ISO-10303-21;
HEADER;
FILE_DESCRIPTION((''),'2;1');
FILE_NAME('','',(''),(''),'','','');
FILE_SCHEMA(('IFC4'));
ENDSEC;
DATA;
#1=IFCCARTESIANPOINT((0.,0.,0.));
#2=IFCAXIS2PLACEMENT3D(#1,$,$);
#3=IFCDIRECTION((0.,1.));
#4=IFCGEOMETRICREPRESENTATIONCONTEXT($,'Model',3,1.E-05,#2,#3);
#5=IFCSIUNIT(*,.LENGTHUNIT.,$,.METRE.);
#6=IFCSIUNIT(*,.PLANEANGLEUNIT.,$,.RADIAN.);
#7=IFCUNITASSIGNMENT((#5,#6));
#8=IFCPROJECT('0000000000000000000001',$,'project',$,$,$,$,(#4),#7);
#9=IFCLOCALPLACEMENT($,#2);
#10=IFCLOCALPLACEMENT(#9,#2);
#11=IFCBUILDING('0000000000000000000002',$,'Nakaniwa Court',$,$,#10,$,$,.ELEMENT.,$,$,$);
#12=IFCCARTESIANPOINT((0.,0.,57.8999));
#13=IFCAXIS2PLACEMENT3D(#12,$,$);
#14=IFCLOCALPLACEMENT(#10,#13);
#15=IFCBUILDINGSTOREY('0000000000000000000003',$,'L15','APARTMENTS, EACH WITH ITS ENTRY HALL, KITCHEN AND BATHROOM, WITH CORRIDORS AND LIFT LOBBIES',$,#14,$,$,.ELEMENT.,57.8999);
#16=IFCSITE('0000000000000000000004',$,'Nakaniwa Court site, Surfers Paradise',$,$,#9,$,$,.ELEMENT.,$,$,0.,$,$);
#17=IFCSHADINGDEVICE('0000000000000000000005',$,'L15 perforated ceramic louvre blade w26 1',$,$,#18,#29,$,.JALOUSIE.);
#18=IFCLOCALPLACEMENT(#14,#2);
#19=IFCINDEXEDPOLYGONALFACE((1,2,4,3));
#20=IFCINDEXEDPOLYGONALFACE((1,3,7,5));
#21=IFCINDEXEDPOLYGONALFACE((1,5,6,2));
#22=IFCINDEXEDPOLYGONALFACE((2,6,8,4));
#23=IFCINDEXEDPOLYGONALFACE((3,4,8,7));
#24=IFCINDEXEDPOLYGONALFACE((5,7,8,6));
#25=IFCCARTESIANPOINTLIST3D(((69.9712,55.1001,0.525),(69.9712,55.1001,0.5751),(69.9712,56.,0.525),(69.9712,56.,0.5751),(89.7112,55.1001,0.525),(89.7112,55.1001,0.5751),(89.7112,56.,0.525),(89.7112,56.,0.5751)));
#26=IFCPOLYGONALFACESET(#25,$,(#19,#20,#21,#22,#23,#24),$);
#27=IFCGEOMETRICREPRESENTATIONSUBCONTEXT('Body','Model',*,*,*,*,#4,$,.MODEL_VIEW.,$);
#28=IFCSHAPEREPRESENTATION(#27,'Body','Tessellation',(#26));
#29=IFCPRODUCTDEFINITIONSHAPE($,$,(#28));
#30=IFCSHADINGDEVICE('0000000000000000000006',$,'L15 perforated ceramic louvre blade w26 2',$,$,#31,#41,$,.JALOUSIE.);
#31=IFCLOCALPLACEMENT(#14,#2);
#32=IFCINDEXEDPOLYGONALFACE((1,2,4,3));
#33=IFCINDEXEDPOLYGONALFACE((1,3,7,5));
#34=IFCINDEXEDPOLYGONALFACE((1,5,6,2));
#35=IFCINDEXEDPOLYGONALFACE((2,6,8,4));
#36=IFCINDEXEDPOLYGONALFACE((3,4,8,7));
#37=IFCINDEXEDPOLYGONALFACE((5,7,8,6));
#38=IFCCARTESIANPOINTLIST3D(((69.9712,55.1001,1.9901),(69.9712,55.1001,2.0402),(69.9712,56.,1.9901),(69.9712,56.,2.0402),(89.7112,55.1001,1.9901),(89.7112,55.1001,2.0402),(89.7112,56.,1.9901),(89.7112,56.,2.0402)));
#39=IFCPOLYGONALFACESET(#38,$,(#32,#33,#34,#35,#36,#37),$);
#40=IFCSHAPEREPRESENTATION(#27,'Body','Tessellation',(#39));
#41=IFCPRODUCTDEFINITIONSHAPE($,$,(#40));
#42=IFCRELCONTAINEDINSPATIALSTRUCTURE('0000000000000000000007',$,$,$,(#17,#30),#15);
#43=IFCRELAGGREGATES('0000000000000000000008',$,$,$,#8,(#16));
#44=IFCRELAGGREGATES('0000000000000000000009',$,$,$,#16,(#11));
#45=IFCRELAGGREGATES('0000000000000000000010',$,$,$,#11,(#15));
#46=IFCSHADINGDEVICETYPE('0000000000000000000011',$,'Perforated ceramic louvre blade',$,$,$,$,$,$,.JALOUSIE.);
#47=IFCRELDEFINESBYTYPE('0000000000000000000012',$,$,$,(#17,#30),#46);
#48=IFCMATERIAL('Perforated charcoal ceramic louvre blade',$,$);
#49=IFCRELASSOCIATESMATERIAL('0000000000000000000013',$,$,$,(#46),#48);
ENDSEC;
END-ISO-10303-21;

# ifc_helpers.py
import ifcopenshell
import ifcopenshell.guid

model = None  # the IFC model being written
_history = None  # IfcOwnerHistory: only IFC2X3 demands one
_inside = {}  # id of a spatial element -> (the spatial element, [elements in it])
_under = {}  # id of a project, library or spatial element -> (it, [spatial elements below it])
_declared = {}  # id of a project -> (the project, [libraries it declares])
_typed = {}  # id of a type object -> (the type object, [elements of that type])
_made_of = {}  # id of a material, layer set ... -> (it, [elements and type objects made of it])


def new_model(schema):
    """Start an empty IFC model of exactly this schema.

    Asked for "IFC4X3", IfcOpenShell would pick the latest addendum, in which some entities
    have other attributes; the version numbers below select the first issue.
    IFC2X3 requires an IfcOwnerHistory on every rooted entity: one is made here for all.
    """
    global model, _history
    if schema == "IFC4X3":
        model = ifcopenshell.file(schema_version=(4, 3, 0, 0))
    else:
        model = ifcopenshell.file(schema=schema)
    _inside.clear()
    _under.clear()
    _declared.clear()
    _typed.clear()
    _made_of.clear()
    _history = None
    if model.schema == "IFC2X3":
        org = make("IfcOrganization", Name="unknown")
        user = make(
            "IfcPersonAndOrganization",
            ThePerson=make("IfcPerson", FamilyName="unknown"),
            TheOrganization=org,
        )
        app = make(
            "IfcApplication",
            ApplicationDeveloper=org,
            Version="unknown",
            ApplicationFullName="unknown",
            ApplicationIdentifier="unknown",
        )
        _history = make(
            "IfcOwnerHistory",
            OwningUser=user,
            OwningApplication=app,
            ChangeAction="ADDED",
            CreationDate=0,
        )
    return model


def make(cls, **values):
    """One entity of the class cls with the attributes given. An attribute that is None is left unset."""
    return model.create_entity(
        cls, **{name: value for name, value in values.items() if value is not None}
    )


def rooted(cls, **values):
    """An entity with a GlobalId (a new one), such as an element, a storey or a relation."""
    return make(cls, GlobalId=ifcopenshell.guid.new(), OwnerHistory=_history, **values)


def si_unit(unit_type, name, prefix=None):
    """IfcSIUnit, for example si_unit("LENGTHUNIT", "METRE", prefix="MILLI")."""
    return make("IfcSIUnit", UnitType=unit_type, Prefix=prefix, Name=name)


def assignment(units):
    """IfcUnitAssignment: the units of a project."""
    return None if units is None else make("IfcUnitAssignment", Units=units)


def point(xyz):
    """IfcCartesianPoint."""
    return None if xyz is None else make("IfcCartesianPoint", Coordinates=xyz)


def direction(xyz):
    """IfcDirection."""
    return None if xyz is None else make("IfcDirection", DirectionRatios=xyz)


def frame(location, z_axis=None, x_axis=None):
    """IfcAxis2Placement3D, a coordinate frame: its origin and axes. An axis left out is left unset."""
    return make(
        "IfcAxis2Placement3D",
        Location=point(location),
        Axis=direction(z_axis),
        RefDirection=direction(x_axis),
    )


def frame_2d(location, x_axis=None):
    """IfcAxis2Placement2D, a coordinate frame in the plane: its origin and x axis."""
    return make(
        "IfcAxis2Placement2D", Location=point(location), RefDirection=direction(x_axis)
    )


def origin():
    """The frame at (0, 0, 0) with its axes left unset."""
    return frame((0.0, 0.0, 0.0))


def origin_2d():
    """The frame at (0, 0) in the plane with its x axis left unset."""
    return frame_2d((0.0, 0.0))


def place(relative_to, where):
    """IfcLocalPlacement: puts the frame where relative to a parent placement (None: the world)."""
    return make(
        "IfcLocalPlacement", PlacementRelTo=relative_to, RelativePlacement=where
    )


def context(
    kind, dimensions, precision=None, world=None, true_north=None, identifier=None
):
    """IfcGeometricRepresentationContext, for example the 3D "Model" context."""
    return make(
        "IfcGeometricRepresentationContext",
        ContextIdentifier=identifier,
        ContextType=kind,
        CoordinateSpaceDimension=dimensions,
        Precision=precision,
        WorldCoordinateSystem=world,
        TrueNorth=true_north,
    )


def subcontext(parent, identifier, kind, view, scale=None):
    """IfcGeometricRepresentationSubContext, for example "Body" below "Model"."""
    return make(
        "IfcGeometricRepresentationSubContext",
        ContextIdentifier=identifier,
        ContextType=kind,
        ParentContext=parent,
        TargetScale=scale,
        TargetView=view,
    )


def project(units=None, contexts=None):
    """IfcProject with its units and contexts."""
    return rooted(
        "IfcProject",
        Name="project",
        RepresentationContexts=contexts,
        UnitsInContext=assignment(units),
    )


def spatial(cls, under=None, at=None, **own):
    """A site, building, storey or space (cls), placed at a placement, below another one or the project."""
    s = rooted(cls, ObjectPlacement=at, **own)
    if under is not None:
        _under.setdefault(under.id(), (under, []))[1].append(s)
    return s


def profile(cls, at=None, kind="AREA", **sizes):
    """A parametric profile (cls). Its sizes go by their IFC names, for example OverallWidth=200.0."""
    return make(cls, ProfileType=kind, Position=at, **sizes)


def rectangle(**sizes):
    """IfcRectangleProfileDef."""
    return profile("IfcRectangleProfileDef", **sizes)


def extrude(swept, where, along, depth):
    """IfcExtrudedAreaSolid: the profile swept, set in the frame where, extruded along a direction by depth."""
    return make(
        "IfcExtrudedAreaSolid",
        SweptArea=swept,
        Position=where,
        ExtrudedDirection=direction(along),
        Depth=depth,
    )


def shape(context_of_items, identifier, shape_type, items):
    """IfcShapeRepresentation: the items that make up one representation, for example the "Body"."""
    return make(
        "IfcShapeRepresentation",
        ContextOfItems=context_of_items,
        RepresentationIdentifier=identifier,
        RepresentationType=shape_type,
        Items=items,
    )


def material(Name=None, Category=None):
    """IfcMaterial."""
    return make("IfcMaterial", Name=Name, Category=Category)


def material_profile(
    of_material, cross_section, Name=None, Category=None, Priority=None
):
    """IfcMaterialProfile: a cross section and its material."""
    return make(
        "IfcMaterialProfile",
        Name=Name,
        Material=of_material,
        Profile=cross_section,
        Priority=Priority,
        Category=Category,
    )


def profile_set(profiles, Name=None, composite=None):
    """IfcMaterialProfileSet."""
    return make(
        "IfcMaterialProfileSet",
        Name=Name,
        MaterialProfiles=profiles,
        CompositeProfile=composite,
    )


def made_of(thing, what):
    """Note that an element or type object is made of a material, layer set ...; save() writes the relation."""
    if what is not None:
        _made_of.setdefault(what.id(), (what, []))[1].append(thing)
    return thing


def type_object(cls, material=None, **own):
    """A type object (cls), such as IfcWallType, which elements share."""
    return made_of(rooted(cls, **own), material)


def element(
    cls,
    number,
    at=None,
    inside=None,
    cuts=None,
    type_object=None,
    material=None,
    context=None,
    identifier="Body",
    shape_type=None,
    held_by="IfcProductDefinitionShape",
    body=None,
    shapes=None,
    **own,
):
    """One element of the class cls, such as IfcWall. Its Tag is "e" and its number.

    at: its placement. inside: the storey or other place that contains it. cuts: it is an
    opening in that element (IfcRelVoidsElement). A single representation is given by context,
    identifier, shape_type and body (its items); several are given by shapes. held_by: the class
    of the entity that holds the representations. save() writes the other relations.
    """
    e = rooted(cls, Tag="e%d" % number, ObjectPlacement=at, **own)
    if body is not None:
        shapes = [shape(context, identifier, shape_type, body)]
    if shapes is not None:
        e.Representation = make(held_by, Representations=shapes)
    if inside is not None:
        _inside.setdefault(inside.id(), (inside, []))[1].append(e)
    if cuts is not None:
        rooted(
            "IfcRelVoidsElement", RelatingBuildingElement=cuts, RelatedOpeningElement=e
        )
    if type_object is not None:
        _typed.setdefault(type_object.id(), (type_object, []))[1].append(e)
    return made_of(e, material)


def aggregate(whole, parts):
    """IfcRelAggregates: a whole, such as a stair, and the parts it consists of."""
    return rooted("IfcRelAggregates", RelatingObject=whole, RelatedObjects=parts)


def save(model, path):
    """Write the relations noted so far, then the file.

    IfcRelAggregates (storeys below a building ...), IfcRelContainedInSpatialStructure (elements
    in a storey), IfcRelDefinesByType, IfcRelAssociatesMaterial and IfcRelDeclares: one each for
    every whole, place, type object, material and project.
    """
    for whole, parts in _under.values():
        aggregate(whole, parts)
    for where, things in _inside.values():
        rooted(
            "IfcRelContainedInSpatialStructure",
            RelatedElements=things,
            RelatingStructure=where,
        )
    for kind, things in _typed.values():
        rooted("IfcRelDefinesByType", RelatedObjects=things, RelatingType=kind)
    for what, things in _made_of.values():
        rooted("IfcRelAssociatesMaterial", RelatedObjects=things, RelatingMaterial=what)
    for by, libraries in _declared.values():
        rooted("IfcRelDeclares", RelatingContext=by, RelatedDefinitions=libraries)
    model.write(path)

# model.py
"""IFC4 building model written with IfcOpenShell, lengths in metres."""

from ifc_helpers import new_model, si_unit, direction, frame, origin, origin_2d, place, context, subcontext, project, spatial, rectangle, extrude, material, material_profile, profile_set, type_object, element, save


model = new_model("IFC4")

# Units and contexts
model_context = context("Model", 3, precision=1e-05, world=origin(), true_north=direction((0.0, 1.0)))
body_context = subcontext(model_context, "Body", "Model", "MODEL_VIEW")
ifc_project = project(units=[si_unit("LENGTHUNIT", "METRE"), si_unit("PLANEANGLEUNIT", "RADIAN")], contexts=[model_context])

# Site, building, storey
site_placement = place(None, origin())
site = spatial("IfcSite", under=ifc_project, at=site_placement, Name="Nakaniwa Court site, Surfers Paradise", CompositionType="ELEMENT", RefElevation=0.0)
building_placement = place(site_placement, origin())
building = spatial("IfcBuilding", under=site, at=building_placement, Name="Nakaniwa Court", CompositionType="ELEMENT")
storey_placement = place(building_placement, frame((0.0, 0.0, 57.8999)))
storey = spatial("IfcBuildingStorey", under=building, at=storey_placement, Name="L15", Description="APARTMENTS, EACH WITH ITS ENTRY HALL, KITCHEN AND BATHROOM, WITH CORRIDORS AND LIFT LOBBIES", CompositionType="ELEMENT", Elevation=57.8999)

# Shading devices
ifc_material_1 = material(Name="Perforated charcoal ceramic louvre blade")
ifc_material_profile_1 = material_profile(ifc_material_1, rectangle(XDim=0.8999, YDim=0.05, at=origin_2d()), Name="Perforated ceramic louvre blade")
ifc_profile_set_1 = profile_set([ifc_material_profile_1], Name="Perforated charcoal ceramic louvre blade")
shading_device_type = type_object("IfcShadingDeviceType", Name="Perforated ceramic louvre blade", PredefinedType="JALOUSIE", material=ifc_profile_set_1)
for number, where, z_axis, x_axis, name in (
    (1, (69.9712, 55.55, 0.55), (1.0, 0.0, 0.0), (0.0, 1.0, 0.0), "L15 perforated ceramic louvre blade w26 1"),
    (2, (69.9712, 55.55, 2.0151), (1.0, 0.0, 0.0), (0.0, 1.0, 0.0), "L15 perforated ceramic louvre blade w26 2"),
):
    element("IfcShadingDevice", number, at=place(storey_placement, frame(where, z_axis=z_axis, x_axis=x_axis)), inside=storey, type_object=shading_device_type, Name=name, PredefinedType="JALOUSIE", context=body_context, shape_type="SweptSolid", body=[
        extrude(rectangle(XDim=0.8999, YDim=0.05, at=origin_2d()), origin(), (0.0, 0.0, 1.0), 19.74),
    ])

save(model, "model.ifc")
